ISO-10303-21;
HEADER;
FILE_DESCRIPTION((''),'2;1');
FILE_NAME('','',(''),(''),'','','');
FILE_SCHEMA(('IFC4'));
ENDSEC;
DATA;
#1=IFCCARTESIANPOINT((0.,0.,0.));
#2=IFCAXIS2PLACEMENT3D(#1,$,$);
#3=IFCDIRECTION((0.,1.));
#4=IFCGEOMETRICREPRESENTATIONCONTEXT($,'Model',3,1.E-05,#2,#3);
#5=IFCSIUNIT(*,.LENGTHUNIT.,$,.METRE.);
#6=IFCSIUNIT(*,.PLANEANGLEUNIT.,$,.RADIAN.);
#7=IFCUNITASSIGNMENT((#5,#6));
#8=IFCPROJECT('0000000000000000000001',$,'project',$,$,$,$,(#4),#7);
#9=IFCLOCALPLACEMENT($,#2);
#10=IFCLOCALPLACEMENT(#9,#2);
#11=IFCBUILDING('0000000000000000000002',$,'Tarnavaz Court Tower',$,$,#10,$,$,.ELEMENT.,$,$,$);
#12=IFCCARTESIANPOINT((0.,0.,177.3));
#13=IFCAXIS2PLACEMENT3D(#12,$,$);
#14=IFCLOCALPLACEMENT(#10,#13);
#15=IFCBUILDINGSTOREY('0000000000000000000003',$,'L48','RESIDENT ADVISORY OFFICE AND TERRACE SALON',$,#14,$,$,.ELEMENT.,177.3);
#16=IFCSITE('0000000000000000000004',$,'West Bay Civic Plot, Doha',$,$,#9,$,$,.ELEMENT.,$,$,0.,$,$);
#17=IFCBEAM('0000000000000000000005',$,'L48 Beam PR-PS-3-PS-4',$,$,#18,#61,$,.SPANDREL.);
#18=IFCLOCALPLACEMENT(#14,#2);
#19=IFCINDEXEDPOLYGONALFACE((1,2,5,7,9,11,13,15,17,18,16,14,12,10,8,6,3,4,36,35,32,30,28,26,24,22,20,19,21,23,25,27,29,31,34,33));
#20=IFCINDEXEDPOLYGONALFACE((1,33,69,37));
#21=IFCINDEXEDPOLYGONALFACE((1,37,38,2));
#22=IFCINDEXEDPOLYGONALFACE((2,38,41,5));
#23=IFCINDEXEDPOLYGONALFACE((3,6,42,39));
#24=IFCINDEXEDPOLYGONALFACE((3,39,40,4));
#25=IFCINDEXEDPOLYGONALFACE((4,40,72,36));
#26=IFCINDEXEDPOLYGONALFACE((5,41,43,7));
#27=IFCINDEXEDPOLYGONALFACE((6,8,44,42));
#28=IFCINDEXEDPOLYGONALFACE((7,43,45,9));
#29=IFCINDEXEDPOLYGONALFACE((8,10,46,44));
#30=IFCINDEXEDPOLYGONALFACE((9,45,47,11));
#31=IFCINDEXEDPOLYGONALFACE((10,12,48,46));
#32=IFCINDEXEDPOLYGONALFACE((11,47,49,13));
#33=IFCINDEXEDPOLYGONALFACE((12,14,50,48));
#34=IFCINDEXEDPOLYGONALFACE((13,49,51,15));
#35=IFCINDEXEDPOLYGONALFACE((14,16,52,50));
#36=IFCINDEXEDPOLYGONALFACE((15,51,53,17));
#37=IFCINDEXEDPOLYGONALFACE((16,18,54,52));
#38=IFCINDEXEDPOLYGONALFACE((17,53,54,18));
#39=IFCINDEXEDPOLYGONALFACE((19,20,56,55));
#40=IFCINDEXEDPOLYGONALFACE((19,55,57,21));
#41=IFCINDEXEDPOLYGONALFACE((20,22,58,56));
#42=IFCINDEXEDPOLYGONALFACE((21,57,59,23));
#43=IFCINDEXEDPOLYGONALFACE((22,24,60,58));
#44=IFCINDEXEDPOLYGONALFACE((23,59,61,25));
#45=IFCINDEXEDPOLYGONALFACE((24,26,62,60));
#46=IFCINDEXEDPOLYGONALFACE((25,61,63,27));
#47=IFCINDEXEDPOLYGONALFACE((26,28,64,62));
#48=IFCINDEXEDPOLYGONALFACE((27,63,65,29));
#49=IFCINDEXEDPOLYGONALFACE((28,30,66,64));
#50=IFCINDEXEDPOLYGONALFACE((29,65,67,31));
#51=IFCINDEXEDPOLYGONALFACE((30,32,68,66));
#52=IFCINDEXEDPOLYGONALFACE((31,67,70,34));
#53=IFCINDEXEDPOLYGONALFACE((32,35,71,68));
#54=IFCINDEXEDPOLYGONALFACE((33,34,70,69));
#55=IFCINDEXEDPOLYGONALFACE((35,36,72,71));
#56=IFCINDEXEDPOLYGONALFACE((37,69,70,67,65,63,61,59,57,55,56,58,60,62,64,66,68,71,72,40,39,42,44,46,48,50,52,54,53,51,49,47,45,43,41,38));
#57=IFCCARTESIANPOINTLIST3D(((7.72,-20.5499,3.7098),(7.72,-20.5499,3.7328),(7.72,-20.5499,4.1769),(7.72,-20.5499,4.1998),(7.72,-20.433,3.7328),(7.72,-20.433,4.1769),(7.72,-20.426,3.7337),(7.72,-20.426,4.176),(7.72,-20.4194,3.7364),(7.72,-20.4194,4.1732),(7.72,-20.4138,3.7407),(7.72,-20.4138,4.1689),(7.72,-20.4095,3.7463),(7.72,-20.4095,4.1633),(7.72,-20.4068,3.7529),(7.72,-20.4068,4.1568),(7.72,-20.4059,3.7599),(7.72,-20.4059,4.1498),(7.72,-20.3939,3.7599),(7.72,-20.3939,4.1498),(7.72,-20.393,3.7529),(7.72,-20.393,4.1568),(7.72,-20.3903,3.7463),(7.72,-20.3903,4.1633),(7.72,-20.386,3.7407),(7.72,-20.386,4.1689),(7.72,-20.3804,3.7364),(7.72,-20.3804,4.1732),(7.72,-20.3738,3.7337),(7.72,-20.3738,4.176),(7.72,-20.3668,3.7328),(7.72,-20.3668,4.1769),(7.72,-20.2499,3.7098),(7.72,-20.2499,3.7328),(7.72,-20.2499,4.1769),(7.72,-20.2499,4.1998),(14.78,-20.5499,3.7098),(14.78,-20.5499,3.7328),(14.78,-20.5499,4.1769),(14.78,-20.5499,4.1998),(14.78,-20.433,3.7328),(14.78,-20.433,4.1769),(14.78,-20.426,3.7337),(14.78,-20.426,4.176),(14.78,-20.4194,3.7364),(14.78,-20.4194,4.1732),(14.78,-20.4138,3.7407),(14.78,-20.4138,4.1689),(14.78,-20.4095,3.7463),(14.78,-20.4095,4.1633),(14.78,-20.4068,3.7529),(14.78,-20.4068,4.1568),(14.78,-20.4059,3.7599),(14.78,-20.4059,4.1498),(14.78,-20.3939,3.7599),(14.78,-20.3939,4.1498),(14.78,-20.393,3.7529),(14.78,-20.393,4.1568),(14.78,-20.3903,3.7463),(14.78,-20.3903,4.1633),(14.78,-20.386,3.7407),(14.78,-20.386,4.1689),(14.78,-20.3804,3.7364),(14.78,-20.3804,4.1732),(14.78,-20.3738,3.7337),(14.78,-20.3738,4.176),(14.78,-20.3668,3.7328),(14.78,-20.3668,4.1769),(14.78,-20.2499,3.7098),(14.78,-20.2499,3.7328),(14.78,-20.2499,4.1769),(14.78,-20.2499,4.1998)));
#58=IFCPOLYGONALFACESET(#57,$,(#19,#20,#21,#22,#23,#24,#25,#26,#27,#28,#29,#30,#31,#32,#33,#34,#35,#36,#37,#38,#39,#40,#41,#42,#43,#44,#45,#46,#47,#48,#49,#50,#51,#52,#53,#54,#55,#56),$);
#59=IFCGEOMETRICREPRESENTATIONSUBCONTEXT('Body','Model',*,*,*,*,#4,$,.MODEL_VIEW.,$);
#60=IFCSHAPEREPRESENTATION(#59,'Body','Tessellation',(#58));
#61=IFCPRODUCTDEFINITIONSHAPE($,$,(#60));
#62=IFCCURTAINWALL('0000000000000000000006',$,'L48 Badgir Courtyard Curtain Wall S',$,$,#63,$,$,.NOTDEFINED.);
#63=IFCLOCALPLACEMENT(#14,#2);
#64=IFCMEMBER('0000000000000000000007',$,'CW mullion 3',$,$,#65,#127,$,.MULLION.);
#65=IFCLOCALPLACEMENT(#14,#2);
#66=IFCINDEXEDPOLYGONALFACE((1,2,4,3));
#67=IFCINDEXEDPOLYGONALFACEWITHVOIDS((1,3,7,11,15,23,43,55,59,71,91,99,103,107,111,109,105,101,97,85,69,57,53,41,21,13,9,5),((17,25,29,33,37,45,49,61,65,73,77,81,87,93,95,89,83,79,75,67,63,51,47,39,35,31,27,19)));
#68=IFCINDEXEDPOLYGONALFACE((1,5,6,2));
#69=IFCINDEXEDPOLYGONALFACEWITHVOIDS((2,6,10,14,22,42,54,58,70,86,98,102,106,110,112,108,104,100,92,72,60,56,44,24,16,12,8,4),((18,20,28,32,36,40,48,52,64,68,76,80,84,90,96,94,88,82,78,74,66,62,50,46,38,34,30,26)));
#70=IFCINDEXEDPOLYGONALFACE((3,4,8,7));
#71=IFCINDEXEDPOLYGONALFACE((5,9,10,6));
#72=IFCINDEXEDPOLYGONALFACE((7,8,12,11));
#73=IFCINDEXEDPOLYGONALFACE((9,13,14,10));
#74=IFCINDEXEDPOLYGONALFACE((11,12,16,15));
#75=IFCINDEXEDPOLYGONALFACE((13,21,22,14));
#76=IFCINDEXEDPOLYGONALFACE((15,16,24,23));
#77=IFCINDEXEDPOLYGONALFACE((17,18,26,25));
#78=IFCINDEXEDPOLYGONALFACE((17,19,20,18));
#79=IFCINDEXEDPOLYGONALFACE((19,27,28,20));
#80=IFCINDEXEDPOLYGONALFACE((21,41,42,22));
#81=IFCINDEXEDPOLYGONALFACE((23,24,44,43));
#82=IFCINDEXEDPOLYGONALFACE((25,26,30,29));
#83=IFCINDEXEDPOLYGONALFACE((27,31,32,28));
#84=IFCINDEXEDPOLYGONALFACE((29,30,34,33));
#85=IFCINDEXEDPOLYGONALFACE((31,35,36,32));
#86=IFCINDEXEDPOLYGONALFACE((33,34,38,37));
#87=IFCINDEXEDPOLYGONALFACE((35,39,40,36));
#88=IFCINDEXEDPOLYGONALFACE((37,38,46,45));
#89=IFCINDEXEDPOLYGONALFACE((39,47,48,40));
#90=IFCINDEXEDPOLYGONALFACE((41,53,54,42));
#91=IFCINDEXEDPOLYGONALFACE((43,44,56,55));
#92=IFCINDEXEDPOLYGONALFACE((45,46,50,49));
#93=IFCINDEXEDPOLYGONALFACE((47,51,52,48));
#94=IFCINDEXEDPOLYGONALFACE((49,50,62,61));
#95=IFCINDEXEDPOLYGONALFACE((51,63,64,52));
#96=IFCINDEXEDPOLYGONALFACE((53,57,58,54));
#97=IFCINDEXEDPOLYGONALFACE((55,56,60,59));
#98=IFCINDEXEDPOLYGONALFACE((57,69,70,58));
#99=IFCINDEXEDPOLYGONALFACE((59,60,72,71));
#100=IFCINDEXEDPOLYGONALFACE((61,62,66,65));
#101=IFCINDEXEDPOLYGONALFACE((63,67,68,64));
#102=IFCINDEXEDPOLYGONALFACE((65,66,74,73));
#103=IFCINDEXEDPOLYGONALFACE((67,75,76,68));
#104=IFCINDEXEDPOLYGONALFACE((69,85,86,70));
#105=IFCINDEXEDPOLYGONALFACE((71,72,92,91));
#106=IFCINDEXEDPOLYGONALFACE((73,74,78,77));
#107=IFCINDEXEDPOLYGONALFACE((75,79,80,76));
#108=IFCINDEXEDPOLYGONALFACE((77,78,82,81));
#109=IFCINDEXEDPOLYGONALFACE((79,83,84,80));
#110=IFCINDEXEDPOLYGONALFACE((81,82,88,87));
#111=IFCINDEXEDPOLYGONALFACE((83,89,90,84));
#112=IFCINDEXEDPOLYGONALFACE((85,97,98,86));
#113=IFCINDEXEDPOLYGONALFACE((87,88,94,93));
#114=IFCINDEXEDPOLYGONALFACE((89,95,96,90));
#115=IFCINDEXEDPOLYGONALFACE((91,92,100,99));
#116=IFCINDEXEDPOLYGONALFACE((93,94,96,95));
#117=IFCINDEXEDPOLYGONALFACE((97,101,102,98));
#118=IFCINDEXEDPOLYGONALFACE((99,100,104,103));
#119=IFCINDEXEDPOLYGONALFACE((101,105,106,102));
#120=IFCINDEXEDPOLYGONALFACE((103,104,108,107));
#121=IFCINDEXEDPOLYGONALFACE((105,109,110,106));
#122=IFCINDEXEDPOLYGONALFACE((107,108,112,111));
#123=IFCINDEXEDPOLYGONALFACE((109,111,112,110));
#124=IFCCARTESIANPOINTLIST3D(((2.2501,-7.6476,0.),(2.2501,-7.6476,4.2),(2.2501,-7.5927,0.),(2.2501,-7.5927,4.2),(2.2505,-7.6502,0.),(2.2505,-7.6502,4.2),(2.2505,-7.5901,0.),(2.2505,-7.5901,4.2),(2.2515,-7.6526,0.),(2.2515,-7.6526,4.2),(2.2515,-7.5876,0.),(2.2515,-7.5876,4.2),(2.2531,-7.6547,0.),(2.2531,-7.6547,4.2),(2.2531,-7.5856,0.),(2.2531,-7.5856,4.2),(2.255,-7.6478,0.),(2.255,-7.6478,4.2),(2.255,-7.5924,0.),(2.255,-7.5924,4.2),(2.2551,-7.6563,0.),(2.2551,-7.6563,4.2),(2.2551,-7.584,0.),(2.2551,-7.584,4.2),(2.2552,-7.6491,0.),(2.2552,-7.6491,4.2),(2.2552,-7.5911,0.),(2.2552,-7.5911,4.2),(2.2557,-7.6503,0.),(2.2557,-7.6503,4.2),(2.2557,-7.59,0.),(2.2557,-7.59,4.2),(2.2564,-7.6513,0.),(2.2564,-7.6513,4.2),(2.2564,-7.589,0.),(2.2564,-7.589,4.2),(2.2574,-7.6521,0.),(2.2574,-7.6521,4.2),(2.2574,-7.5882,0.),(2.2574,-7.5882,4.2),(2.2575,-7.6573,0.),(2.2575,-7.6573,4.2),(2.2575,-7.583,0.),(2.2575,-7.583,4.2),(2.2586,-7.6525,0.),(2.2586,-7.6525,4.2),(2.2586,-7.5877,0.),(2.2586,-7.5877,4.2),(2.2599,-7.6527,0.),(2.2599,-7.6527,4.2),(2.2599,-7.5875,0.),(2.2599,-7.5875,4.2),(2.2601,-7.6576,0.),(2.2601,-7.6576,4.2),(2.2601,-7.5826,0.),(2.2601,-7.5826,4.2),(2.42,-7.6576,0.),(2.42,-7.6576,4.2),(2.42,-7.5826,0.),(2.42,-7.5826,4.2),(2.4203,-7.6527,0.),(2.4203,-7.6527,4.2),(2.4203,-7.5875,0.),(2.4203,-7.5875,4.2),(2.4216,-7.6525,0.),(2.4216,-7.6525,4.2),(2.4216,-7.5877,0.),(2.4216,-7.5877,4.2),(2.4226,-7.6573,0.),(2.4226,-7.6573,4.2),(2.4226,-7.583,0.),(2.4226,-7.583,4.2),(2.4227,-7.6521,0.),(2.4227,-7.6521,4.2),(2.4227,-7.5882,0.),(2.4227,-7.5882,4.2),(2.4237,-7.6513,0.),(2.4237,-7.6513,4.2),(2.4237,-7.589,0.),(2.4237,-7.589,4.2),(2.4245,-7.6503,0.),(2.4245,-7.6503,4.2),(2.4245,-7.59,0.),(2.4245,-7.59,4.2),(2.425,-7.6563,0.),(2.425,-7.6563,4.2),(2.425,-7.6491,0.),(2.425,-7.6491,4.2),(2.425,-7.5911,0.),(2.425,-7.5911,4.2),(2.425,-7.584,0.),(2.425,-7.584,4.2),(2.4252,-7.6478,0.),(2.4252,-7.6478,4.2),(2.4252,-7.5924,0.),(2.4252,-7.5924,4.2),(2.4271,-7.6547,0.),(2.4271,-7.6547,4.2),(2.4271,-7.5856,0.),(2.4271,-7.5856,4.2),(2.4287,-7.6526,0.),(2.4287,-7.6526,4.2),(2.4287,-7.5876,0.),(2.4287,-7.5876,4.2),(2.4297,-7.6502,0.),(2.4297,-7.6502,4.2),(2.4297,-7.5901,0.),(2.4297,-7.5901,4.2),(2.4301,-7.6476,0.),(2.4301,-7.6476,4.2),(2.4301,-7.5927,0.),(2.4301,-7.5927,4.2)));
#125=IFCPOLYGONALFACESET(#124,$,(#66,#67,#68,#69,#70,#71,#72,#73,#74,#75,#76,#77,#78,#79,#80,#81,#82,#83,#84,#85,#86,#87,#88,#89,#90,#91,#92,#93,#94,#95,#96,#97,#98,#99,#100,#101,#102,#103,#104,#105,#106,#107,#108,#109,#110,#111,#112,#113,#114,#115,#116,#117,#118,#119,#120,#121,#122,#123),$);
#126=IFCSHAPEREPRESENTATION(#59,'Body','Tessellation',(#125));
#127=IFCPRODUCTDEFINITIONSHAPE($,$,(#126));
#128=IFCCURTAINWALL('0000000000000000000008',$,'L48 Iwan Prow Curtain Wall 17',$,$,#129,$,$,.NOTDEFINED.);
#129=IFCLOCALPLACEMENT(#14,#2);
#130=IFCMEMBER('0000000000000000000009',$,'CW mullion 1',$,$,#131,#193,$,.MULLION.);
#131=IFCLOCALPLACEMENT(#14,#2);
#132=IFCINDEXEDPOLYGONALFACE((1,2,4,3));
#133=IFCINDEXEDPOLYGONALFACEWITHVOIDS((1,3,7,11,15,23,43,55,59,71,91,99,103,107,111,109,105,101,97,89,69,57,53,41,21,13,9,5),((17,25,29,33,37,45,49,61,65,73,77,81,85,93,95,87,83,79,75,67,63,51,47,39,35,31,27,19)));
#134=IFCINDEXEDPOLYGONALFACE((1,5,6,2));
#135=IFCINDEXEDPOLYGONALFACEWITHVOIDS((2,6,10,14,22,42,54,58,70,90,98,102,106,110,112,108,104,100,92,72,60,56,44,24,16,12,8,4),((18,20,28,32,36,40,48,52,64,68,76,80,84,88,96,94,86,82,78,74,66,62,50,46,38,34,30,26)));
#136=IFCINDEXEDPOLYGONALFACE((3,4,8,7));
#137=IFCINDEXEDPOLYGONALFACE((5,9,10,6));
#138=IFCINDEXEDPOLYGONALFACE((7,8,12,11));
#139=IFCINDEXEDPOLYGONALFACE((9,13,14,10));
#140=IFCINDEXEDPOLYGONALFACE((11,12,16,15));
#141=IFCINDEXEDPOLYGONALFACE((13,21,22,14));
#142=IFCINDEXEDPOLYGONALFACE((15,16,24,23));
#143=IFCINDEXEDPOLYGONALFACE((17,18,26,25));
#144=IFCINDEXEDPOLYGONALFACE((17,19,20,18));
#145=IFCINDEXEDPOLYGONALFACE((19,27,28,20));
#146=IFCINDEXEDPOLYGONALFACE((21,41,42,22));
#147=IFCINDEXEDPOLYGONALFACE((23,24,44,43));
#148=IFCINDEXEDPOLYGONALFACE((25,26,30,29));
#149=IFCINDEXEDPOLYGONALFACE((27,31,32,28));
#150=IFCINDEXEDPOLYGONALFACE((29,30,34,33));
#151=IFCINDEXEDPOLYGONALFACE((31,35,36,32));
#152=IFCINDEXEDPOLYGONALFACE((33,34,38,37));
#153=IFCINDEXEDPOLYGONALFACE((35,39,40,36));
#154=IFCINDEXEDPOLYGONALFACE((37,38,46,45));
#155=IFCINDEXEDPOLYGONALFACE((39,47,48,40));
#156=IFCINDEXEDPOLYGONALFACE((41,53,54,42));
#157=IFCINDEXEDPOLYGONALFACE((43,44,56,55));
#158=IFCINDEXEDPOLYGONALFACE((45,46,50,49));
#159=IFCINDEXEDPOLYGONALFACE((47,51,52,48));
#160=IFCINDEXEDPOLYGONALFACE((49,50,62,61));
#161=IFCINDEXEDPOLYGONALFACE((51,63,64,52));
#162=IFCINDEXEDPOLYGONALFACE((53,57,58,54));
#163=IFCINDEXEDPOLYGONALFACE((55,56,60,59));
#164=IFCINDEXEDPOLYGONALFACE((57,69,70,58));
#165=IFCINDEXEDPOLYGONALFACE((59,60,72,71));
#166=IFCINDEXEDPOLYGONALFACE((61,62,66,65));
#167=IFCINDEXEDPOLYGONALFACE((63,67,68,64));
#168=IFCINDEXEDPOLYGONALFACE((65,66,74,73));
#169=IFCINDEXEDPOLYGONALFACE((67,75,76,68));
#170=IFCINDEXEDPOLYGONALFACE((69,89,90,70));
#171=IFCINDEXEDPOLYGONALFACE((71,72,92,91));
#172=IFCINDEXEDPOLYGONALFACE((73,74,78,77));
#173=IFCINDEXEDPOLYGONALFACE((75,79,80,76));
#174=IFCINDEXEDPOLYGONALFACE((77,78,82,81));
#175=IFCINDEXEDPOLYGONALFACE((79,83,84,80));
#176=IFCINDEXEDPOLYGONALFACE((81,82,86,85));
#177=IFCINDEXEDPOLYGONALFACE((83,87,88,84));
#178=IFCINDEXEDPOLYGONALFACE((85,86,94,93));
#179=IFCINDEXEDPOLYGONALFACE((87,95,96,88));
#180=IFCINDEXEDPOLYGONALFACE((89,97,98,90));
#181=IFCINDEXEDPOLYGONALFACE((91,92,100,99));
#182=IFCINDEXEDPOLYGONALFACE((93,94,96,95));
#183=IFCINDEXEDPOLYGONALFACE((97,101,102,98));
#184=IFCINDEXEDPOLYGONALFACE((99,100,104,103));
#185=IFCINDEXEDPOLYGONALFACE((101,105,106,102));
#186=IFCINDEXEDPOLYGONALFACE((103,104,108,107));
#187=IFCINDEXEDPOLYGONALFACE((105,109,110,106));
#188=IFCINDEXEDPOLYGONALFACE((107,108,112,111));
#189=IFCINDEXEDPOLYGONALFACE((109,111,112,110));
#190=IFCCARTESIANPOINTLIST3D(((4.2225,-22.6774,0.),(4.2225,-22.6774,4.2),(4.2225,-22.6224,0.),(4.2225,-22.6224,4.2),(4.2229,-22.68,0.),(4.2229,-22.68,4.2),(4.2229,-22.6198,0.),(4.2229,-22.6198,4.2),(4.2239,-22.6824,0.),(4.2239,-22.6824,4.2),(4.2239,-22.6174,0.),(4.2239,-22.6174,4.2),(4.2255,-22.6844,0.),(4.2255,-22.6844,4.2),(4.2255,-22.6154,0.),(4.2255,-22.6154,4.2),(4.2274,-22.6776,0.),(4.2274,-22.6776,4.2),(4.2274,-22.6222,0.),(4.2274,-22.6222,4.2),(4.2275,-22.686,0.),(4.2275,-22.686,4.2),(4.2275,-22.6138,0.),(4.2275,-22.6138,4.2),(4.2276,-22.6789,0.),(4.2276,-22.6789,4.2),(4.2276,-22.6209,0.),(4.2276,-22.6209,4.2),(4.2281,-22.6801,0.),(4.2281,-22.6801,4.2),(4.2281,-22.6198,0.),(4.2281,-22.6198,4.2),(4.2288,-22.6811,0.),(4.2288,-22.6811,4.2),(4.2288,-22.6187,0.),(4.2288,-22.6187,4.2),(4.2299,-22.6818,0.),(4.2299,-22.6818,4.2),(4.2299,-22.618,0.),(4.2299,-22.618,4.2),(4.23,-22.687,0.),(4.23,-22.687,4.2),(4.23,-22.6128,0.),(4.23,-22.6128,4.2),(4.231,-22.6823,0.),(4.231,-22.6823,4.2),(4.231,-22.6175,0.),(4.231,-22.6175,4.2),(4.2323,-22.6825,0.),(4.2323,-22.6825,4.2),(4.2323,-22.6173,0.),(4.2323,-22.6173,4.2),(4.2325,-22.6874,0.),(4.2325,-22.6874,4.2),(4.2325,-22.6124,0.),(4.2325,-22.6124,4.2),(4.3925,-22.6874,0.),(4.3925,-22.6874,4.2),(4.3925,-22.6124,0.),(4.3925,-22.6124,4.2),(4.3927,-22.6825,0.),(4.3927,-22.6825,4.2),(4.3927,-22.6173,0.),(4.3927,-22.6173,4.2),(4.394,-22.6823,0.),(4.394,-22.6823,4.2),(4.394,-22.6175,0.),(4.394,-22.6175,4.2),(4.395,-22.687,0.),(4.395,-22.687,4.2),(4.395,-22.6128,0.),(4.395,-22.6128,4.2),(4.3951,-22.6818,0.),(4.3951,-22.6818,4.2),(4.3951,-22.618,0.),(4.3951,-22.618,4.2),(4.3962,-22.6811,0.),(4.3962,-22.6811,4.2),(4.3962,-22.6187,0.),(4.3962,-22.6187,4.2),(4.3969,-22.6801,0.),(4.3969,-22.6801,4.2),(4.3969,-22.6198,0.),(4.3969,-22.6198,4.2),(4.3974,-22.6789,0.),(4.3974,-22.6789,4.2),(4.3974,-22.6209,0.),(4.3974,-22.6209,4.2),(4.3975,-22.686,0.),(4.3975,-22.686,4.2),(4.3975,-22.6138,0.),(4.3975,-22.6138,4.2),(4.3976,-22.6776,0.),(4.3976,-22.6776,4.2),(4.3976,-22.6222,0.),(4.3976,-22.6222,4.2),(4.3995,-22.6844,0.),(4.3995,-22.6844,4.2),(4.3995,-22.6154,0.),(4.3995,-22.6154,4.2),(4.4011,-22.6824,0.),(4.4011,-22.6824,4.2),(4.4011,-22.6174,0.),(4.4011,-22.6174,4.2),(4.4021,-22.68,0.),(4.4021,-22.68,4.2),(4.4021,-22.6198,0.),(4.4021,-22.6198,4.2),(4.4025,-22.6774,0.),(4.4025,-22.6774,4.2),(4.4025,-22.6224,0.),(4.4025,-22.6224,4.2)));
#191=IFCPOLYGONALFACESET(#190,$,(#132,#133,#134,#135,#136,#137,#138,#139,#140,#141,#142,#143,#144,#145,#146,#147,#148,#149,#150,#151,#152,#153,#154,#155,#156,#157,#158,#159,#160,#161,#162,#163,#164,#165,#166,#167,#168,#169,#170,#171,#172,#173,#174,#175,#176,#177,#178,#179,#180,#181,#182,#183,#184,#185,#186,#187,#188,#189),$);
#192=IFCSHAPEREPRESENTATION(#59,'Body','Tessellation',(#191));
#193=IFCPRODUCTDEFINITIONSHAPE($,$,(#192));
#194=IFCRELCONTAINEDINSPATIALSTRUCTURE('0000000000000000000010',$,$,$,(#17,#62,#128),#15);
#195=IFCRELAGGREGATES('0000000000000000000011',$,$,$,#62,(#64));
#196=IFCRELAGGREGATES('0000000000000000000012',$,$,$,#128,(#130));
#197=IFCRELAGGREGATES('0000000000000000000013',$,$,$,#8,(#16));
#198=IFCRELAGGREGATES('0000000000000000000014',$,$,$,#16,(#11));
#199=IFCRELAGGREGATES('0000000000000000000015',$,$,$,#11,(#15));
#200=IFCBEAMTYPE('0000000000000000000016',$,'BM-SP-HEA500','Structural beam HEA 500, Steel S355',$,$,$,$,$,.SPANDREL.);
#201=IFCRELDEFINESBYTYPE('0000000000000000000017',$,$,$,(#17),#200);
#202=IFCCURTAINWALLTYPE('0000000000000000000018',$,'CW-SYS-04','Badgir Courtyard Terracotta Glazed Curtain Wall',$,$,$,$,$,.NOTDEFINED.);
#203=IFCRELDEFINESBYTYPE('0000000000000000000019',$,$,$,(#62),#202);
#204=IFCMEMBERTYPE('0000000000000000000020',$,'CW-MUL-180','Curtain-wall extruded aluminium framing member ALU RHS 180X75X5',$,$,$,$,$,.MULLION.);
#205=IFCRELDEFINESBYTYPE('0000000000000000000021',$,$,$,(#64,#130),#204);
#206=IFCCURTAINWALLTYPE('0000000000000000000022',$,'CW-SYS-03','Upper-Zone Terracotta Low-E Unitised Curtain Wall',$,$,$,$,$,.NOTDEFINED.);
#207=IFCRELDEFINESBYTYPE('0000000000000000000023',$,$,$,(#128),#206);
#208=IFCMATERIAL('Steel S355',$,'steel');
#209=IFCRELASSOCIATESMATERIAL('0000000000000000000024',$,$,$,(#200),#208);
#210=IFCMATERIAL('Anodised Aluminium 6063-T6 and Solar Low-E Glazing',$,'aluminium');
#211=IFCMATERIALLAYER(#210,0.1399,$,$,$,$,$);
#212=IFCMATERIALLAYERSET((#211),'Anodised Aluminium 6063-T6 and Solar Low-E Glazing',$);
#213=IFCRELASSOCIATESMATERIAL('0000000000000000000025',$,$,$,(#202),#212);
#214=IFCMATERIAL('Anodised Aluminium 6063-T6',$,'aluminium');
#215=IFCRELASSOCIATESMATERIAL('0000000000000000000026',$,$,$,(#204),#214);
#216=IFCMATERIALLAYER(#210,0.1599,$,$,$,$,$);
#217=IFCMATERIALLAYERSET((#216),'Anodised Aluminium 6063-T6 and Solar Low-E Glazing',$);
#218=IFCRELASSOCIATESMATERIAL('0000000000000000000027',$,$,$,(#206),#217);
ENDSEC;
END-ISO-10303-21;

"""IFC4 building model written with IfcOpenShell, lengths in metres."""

from ifc_helpers import new_model, si_unit, direction, frame, origin, origin_2d, place, context, subcontext, project, spatial, hollow_rectangle, i_section, extrude, material, layer, layer_set, material_profile, profile_set, type_object, element, aggregate, save


model = new_model("IFC4")

# Units and contexts
model_context = context("Model", 3, precision=1e-05, world=origin(), true_north=direction((0.0, 1.0)))
body_context = subcontext(model_context, "Body", "Model", "MODEL_VIEW")
ifc_project = project(units=[si_unit("LENGTHUNIT", "METRE"), si_unit("PLANEANGLEUNIT", "RADIAN")], contexts=[model_context])

# Site, building, storey
site_placement = place(None, origin())
site = spatial("IfcSite", under=ifc_project, at=site_placement, Name="West Bay Civic Plot, Doha", CompositionType="ELEMENT", RefElevation=0.0)
building_placement = place(site_placement, origin())
building = spatial("IfcBuilding", under=site, at=building_placement, Name="Tarnavaz Court Tower", CompositionType="ELEMENT")
storey_placement = place(building_placement, frame((0.0, 0.0, 177.3)))
storey = spatial("IfcBuildingStorey", under=building, at=storey_placement, Name="L48", Description="RESIDENT ADVISORY OFFICE AND TERRACE SALON", CompositionType="ELEMENT", Elevation=177.3)

# Beam
ifc_material_1 = material(Name="Steel S355", Category="steel")
ifc_material_profile_1 = material_profile(ifc_material_1, i_section(OverallWidth=0.3, OverallDepth=0.49, WebThickness=0.012, FlangeThickness=0.0229, FilletRadius=0.0271, at=origin_2d()), Name="HEA 500")
ifc_profile_set_1 = profile_set([ifc_material_profile_1], Name="Steel S355")
beam_type_1 = type_object("IfcBeamType", Name="BM-SP-HEA500", Description="Structural beam HEA 500, Steel S355", PredefinedType="SPANDREL", material=ifc_profile_set_1)
beam_1_placement = place(storey_placement, frame((7.72, -20.3999, 3.9548), z_axis=(1.0, 0.0, 0.0), x_axis=(0.0, 1.0, 0.0)))
element("IfcBeam", 1, at=beam_1_placement, inside=storey, type_object=beam_type_1, Name="L48 Beam PR-PS-3-PS-4", PredefinedType="SPANDREL", context=body_context, shape_type="SweptSolid", body=[
    extrude(i_section(OverallWidth=0.3, OverallDepth=0.49, WebThickness=0.012, FlangeThickness=0.0229, FilletRadius=0.0271, at=origin_2d()), origin(), (0.0, 0.0, 1.0), 7.0601),
])

# Curtain wall, member
ifc_material_2 = material(Name="Anodised Aluminium 6063-T6 and Solar Low-E Glazing", Category="aluminium")
ifc_layer_1 = layer(ifc_material_2, 0.1399)
ifc_layer_set_1 = layer_set([ifc_layer_1], Name="Anodised Aluminium 6063-T6 and Solar Low-E Glazing")
curtain_wall_type_1 = type_object("IfcCurtainWallType", Name="CW-SYS-04", Description="Badgir Courtyard Terracotta Glazed Curtain Wall", PredefinedType="NOTDEFINED", material=ifc_layer_set_1)
curtain_wall_1_placement = place(storey_placement, origin())
curtain_wall_1 = element("IfcCurtainWall", 2, at=curtain_wall_1_placement, inside=storey, type_object=curtain_wall_type_1, Name="L48 Badgir Courtyard Curtain Wall S", PredefinedType="NOTDEFINED")
ifc_material_3 = material(Name="Anodised Aluminium 6063-T6", Category="aluminium")
ifc_material_profile_2 = material_profile(ifc_material_3, hollow_rectangle(XDim=0.075, YDim=0.1799, WallThickness=0.0049, InnerFilletRadius=0.0049, OuterFilletRadius=0.01, at=origin_2d()), Name="ALU RHS 180X75X5")
ifc_profile_set_2 = profile_set([ifc_material_profile_2], Name="Anodised Aluminium 6063-T6")
member_type_1 = type_object("IfcMemberType", Name="CW-MUL-180", Description="Curtain-wall extruded aluminium framing member ALU RHS 180X75X5", PredefinedType="MULLION", material=ifc_profile_set_2)
member_1_placement = place(storey_placement, frame((2.3401, -7.6201, 0.0), z_axis=(0.0, 0.0, 1.0), x_axis=(0.0, 1.0, 0.0)))
member_1 = element("IfcMember", 3, at=member_1_placement, type_object=member_type_1, Name="CW mullion 3", PredefinedType="MULLION", context=body_context, shape_type="SweptSolid", body=[
    extrude(hollow_rectangle(XDim=0.075, YDim=0.1799, WallThickness=0.0049, InnerFilletRadius=0.0049, OuterFilletRadius=0.01, at=origin_2d()), origin(), (0.0, 0.0, 1.0), 4.2),
])

# Curtain wall, member
ifc_layer_2 = layer(ifc_material_2, 0.1599)
ifc_layer_set_2 = layer_set([ifc_layer_2], Name="Anodised Aluminium 6063-T6 and Solar Low-E Glazing")
curtain_wall_type_2 = type_object("IfcCurtainWallType", Name="CW-SYS-03", Description="Upper-Zone Terracotta Low-E Unitised Curtain Wall", PredefinedType="NOTDEFINED", material=ifc_layer_set_2)
curtain_wall_2_placement = place(storey_placement, origin())
curtain_wall_2 = element("IfcCurtainWall", 4, at=curtain_wall_2_placement, inside=storey, type_object=curtain_wall_type_2, Name="L48 Iwan Prow Curtain Wall 17", PredefinedType="NOTDEFINED")
member_2_placement = place(storey_placement, frame((4.3125, -22.6499, 0.0), z_axis=(0.0, 0.0, 1.0), x_axis=(0.0, -1.0, 0.0)))
member_2 = element("IfcMember", 5, at=member_2_placement, type_object=member_type_1, Name="CW mullion 1", PredefinedType="MULLION", context=body_context, shape_type="SweptSolid", body=[
    extrude(hollow_rectangle(XDim=0.075, YDim=0.1799, WallThickness=0.0049, InnerFilletRadius=0.0049, OuterFilletRadius=0.01, at=origin_2d()), origin(), (0.0, 0.0, 1.0), 4.2),
])

aggregate(curtain_wall_1, [member_1])
aggregate(curtain_wall_2, [member_2])

save(model, "model.ifc")
